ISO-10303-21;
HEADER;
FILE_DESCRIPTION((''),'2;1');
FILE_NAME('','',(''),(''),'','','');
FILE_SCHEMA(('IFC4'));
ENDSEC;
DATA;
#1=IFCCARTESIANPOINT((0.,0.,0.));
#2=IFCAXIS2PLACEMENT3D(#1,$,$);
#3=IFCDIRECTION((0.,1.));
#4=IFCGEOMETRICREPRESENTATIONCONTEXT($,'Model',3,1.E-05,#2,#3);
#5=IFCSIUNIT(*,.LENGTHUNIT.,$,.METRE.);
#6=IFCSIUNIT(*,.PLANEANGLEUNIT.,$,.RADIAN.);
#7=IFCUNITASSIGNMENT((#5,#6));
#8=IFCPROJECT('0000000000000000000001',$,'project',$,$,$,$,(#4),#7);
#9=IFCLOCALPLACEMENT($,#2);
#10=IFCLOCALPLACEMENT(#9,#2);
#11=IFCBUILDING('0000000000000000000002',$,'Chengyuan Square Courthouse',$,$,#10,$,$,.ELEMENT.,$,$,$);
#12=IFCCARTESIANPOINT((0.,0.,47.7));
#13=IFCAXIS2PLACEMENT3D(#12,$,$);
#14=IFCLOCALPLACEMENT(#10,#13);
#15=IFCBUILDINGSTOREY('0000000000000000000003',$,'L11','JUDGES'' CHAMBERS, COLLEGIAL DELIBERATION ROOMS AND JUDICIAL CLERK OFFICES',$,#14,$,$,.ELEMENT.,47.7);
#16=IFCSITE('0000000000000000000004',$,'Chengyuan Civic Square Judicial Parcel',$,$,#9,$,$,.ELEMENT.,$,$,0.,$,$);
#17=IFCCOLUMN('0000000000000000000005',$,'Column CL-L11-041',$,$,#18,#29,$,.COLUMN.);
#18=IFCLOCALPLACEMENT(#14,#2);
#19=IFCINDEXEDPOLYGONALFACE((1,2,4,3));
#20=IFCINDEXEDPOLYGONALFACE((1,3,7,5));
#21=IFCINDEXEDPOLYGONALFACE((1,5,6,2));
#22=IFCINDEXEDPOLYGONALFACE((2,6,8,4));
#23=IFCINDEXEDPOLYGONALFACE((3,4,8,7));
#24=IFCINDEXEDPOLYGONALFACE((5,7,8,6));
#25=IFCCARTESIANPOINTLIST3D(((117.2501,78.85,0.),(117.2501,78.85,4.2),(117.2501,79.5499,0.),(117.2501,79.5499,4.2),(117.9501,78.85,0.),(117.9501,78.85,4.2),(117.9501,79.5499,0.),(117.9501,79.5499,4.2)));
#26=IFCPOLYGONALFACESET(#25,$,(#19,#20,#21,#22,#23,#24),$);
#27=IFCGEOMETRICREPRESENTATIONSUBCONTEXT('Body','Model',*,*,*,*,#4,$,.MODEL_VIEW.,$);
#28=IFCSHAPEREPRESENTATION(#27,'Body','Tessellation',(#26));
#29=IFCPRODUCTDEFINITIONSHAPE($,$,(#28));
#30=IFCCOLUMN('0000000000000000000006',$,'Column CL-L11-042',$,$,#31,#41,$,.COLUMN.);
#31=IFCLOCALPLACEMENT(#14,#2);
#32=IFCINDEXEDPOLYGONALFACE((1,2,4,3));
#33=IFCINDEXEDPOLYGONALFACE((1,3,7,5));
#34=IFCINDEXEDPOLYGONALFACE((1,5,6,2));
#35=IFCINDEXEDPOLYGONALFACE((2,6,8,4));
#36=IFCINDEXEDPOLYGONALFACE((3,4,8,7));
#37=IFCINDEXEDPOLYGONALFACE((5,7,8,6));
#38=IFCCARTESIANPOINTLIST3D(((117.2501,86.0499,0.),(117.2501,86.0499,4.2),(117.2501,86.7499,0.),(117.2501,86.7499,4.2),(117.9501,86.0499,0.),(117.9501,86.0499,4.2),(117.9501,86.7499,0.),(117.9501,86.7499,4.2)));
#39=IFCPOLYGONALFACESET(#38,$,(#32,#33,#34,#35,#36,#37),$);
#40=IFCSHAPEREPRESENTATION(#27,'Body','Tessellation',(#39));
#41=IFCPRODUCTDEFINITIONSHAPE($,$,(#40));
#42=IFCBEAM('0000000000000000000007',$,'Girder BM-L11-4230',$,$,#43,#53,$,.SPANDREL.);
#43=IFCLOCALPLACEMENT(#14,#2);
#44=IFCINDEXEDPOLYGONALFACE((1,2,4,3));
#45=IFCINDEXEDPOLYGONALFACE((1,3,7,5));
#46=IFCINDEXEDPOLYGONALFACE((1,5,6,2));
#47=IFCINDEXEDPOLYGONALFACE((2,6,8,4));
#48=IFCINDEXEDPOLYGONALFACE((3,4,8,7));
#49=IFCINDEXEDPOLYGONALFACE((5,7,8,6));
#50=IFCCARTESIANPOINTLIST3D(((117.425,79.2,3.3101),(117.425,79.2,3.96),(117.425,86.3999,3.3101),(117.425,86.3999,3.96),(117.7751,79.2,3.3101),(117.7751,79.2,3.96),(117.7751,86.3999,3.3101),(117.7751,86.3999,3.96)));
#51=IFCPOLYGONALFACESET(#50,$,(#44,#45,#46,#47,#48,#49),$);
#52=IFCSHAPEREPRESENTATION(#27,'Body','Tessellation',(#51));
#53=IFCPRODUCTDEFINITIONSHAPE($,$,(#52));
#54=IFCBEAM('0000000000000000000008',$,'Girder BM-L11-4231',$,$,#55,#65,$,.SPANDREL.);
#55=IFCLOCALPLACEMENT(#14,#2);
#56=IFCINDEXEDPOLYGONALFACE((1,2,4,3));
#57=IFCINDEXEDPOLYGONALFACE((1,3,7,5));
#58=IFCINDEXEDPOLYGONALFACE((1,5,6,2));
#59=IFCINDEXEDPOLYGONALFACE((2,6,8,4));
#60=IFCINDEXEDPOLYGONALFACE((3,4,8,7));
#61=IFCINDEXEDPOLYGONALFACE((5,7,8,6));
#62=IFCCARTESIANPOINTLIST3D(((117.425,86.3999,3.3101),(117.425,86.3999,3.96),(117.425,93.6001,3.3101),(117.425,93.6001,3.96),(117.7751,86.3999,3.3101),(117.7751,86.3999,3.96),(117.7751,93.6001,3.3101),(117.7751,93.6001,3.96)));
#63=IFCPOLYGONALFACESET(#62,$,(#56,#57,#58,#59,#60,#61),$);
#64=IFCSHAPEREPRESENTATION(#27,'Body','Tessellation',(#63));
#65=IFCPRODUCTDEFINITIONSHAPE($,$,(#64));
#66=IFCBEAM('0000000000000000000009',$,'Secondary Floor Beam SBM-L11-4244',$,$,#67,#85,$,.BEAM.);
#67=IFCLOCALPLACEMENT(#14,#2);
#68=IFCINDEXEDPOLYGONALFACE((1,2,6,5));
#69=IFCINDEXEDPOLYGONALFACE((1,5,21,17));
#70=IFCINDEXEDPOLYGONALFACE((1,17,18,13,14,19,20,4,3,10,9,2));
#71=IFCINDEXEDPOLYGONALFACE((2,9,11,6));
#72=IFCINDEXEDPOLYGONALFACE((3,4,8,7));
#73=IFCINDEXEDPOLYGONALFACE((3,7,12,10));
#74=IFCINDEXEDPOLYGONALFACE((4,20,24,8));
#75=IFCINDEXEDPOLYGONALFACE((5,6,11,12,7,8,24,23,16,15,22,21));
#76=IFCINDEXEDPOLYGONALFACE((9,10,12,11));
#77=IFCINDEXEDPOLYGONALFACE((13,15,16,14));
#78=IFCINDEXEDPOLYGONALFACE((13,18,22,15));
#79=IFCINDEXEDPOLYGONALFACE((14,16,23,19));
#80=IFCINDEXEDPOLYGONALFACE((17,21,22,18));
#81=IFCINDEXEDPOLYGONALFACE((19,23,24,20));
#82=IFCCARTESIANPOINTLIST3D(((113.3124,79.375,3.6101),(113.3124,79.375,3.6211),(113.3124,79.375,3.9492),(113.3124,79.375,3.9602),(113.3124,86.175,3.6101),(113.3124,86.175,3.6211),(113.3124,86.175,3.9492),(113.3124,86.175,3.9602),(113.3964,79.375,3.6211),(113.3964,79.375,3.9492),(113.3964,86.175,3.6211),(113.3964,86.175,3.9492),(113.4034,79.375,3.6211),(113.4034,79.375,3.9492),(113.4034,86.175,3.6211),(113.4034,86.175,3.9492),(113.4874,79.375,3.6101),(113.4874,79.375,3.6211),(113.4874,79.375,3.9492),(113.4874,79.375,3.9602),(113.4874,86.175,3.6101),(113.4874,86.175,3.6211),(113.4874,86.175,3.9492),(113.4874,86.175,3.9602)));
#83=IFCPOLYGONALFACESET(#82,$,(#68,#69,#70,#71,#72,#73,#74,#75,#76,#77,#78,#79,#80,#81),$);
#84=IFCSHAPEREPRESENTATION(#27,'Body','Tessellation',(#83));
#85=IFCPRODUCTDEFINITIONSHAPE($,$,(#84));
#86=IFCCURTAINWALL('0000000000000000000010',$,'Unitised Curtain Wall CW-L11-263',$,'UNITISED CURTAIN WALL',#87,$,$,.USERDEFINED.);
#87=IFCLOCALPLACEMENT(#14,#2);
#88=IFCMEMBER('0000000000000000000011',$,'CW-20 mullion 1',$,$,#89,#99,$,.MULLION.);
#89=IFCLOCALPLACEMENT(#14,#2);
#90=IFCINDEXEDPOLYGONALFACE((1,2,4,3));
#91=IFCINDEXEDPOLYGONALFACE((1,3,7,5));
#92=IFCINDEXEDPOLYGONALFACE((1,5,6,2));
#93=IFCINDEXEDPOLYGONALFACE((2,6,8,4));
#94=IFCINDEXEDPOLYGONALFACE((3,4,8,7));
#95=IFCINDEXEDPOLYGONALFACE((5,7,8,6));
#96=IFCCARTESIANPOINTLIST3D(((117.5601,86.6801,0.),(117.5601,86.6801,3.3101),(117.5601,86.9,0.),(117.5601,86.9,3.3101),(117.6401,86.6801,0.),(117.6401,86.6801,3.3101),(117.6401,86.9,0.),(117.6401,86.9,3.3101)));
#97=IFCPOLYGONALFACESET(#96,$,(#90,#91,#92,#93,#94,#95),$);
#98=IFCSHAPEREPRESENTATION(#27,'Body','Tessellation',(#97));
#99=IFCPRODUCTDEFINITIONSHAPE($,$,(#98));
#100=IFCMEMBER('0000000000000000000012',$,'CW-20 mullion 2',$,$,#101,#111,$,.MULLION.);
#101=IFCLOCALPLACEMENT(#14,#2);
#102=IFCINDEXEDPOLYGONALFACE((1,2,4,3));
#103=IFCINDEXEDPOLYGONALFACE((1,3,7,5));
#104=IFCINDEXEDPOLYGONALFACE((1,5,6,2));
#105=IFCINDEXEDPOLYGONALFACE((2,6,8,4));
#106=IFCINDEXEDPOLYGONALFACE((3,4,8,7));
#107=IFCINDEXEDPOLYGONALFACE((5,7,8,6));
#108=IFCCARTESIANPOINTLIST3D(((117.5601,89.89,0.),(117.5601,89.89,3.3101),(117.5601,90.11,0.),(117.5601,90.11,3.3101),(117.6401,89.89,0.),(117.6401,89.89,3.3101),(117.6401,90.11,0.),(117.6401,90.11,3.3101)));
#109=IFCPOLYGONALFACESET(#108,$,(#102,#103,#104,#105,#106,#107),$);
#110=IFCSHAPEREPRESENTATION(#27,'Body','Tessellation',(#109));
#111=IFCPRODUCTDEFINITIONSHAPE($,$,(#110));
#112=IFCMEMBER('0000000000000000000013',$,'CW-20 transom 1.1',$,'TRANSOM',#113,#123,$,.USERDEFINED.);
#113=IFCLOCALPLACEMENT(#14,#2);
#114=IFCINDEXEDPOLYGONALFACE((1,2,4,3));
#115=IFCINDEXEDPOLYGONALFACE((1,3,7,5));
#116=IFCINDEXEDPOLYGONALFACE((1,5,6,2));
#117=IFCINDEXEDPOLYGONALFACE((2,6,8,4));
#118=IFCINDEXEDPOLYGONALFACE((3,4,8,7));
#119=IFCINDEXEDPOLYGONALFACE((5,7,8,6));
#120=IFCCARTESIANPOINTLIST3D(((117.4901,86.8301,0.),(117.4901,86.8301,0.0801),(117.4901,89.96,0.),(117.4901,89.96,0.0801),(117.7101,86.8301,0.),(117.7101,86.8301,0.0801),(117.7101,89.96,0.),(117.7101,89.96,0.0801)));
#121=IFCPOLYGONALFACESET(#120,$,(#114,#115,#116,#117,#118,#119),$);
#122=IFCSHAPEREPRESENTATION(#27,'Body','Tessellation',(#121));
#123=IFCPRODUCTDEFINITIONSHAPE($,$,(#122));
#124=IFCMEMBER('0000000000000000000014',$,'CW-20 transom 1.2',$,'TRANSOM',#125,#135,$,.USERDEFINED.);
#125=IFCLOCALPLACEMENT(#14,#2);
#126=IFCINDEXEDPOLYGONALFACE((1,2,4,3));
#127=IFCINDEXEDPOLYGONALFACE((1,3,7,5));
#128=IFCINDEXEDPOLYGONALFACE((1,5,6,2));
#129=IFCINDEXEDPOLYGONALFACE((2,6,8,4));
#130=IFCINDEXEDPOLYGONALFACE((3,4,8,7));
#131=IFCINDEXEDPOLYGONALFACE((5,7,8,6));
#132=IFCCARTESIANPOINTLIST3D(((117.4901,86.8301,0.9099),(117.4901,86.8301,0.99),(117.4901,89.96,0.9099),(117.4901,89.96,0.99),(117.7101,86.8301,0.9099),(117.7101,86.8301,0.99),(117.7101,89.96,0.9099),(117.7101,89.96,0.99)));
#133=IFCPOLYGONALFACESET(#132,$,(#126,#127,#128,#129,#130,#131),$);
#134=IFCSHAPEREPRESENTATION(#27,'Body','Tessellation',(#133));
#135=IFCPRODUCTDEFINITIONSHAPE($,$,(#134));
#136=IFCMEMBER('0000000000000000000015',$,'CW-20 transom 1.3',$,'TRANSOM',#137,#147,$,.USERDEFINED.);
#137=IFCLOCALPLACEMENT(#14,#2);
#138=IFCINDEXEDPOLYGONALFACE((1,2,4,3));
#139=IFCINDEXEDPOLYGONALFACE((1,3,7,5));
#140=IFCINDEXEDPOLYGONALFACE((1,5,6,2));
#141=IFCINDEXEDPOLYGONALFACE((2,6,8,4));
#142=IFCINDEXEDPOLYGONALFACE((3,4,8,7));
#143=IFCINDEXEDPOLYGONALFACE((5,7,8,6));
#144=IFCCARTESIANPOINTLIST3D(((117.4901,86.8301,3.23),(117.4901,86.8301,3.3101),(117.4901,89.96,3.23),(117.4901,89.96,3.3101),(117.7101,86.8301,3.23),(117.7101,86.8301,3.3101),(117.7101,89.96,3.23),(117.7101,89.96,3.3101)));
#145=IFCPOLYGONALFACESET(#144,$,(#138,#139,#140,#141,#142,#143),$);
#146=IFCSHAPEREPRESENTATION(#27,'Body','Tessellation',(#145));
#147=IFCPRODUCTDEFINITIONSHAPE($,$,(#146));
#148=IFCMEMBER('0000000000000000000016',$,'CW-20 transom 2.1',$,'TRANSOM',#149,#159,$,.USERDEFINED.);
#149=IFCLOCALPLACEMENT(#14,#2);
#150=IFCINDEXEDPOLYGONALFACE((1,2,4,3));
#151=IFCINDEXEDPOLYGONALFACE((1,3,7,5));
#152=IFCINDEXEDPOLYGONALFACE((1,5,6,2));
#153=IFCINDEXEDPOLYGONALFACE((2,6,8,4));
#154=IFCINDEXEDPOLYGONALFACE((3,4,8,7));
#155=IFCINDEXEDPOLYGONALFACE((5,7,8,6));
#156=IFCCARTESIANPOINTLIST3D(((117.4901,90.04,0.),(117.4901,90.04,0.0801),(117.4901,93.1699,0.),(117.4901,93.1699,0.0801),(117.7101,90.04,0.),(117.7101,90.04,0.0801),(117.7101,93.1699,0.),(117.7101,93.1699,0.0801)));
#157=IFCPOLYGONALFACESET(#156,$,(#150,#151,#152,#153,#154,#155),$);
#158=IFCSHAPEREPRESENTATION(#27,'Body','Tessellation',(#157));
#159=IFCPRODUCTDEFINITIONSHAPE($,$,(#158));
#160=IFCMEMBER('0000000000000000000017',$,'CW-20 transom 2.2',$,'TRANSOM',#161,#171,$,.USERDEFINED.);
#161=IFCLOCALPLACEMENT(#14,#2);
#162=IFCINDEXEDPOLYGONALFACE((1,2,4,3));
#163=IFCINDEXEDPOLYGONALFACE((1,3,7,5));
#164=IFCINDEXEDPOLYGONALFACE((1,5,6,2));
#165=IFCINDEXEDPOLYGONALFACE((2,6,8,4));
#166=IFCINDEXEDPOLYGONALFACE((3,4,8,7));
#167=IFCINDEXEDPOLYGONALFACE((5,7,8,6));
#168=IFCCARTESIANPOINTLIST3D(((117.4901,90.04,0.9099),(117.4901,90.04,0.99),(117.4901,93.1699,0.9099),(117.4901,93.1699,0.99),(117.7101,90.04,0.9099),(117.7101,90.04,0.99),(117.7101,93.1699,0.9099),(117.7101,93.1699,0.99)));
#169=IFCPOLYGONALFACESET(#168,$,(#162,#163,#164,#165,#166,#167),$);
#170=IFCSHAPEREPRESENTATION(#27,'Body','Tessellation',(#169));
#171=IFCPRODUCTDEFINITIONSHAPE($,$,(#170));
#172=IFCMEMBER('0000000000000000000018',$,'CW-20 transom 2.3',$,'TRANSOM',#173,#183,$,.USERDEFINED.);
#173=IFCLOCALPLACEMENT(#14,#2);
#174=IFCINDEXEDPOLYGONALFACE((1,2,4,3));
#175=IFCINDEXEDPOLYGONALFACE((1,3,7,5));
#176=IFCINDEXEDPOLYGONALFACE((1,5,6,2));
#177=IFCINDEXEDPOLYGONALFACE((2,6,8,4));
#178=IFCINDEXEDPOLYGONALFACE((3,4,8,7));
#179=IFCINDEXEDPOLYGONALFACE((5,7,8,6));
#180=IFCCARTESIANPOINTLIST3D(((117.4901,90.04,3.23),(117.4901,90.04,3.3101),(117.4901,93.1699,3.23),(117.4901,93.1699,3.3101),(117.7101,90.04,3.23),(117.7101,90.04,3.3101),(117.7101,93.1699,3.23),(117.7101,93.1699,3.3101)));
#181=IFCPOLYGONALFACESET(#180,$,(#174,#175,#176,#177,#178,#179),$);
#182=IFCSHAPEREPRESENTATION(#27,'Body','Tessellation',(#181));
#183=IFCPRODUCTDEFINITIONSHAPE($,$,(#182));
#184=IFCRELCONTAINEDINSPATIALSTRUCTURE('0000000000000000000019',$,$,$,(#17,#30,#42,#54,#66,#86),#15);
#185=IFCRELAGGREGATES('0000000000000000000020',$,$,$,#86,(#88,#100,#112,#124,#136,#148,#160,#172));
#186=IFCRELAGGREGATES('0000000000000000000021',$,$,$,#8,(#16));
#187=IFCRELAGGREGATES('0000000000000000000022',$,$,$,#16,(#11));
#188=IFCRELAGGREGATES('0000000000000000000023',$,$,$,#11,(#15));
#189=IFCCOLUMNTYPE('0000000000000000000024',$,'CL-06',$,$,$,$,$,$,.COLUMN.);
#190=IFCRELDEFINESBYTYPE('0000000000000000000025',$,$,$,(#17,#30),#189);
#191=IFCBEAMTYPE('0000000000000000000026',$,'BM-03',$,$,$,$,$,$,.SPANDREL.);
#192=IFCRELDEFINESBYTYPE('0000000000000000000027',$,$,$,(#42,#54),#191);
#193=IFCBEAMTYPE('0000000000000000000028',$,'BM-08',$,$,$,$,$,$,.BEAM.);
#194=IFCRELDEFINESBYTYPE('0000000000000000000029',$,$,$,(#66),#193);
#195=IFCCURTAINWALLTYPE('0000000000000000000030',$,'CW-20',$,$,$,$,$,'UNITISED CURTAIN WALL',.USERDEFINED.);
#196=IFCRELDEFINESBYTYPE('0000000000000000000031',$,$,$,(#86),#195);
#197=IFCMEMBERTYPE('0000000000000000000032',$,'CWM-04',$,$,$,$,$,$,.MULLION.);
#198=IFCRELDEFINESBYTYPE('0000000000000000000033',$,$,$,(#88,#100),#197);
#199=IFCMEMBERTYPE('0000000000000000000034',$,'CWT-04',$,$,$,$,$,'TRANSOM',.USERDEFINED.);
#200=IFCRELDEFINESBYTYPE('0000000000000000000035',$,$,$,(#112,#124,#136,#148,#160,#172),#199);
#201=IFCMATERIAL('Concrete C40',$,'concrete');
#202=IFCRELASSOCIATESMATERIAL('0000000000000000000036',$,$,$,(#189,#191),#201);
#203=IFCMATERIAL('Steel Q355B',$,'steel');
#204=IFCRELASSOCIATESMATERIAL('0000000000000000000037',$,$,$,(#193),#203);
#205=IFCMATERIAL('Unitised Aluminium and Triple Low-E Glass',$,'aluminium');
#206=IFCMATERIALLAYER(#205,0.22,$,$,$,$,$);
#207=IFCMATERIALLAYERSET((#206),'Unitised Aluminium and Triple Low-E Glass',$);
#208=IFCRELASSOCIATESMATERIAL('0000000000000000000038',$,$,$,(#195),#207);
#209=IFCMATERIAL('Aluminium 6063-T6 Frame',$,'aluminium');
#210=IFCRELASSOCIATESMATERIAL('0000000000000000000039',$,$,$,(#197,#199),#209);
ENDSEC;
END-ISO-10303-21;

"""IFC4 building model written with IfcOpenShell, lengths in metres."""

from ifc_helpers import new_model, si_unit, direction, frame, origin, origin_2d, place, context, subcontext, project, spatial, rectangle, i_section, extrude, material, layer, layer_set, material_profile, profile_set, type_object, element, aggregate, save


model = new_model("IFC4")

# Units and contexts
model_context = context("Model", 3, precision=1e-05, world=origin(), true_north=direction((0.0, 1.0)))
body_context = subcontext(model_context, "Body", "Model", "MODEL_VIEW")
ifc_project = project(units=[si_unit("LENGTHUNIT", "METRE"), si_unit("PLANEANGLEUNIT", "RADIAN")], contexts=[model_context])

# Site, building, storey
site_placement = place(None, origin())
site = spatial("IfcSite", under=ifc_project, at=site_placement, Name="Chengyuan Civic Square Judicial Parcel", CompositionType="ELEMENT", RefElevation=0.0)
building_placement = place(site_placement, origin())
building = spatial("IfcBuilding", under=site, at=building_placement, Name="Chengyuan Square Courthouse", CompositionType="ELEMENT")
storey_placement = place(building_placement, frame((0.0, 0.0, 47.7)))
storey = spatial("IfcBuildingStorey", under=building, at=storey_placement, Name="L11", Description="JUDGES' CHAMBERS, COLLEGIAL DELIBERATION ROOMS AND JUDICIAL CLERK OFFICES", CompositionType="ELEMENT", Elevation=47.7)

# Columns
ifc_material_1 = material(Name="Concrete C40", Category="concrete")
ifc_material_profile_1 = material_profile(ifc_material_1, rectangle(XDim=0.7, YDim=0.7, at=origin_2d()), Name="RC-COL-700x700")
ifc_profile_set_1 = profile_set([ifc_material_profile_1], Name="Concrete C40")
column_type = type_object("IfcColumnType", Name="CL-06", PredefinedType="COLUMN", material=ifc_profile_set_1)
for number, where, z_axis, x_axis, name in (
    (1, (117.6001, 79.2, 0.0), (0.0, 0.0, 1.0), (1.0, 0.0, 0.0), "Column CL-L11-041"),
    (2, (117.6001, 86.3999, 0.0), (0.0, 0.0, 1.0), (1.0, 0.0, 0.0), "Column CL-L11-042"),
):
    element("IfcColumn", number, at=place(storey_placement, frame(where, z_axis=z_axis, x_axis=x_axis)), inside=storey, type_object=column_type, Name=name, PredefinedType="COLUMN", context=body_context, shape_type="SweptSolid", body=[
        extrude(rectangle(XDim=0.7, YDim=0.7, at=origin_2d()), origin(), (0.0, 0.0, 1.0), 4.2),
    ])

# Beams
ifc_material_profile_2 = material_profile(ifc_material_1, rectangle(XDim=0.3501, YDim=0.6499, at=origin_2d()), Name="RC-BM-350x650")
ifc_profile_set_2 = profile_set([ifc_material_profile_2], Name="Concrete C40")
beam_type_1 = type_object("IfcBeamType", Name="BM-03", PredefinedType="SPANDREL", material=ifc_profile_set_2)
beam_1_placement = place(storey_placement, frame((117.6001, 79.2, 3.635), z_axis=(0.0, 1.0, 0.0), x_axis=(-1.0, 0.0, 0.0)))
element("IfcBeam", 3, at=beam_1_placement, inside=storey, type_object=beam_type_1, Name="Girder BM-L11-4230", PredefinedType="SPANDREL", context=body_context, shape_type="SweptSolid", body=[
    extrude(rectangle(XDim=0.3501, YDim=0.6499, at=origin_2d()), origin(), (0.0, 0.0, 1.0), 7.2),
])
beam_2_placement = place(storey_placement, frame((117.6001, 86.3999, 3.635), z_axis=(0.0, 1.0, 0.0), x_axis=(-1.0, 0.0, 0.0)))
element("IfcBeam", 4, at=beam_2_placement, inside=storey, type_object=beam_type_1, Name="Girder BM-L11-4231", PredefinedType="SPANDREL", context=body_context, shape_type="SweptSolid", body=[
    extrude(rectangle(XDim=0.3501, YDim=0.6499, at=origin_2d()), origin(), (0.0, 0.0, 1.0), 7.2002),
])
ifc_material_2 = material(Name="Steel Q355B", Category="steel")
ifc_material_profile_3 = material_profile(ifc_material_2, i_section(OverallWidth=0.175, OverallDepth=0.3501, WebThickness=0.0071, FlangeThickness=0.011, at=origin_2d()), Name="HN 350x175x7x11")
ifc_profile_set_3 = profile_set([ifc_material_profile_3], Name="Steel Q355B")
beam_type_2 = type_object("IfcBeamType", Name="BM-08", PredefinedType="BEAM", material=ifc_profile_set_3)
beam_3_placement = place(storey_placement, frame((113.3999, 79.375, 3.7852), z_axis=(0.0, 1.0, 0.0), x_axis=(-1.0, 0.0, 0.0)))
element("IfcBeam", 5, at=beam_3_placement, inside=storey, type_object=beam_type_2, Name="Secondary Floor Beam SBM-L11-4244", PredefinedType="BEAM", context=body_context, shape_type="SweptSolid", body=[
    extrude(i_section(OverallWidth=0.175, OverallDepth=0.3501, WebThickness=0.0071, FlangeThickness=0.011, at=origin_2d()), origin(), (0.0, 0.0, 1.0), 6.8),
])

# Curtain wall, members
ifc_material_3 = material(Name="Unitised Aluminium and Triple Low-E Glass", Category="aluminium")
ifc_layer_1 = layer(ifc_material_3, 0.22)
ifc_layer_set_1 = layer_set([ifc_layer_1], Name="Unitised Aluminium and Triple Low-E Glass")
curtain_wall_type = type_object("IfcCurtainWallType", Name="CW-20", ElementType="UNITISED CURTAIN WALL", PredefinedType="USERDEFINED", material=ifc_layer_set_1)
curtain_wall_placement = place(storey_placement, origin())
curtain_wall = element("IfcCurtainWall", 6, at=curtain_wall_placement, inside=storey, type_object=curtain_wall_type, Name="Unitised Curtain Wall CW-L11-263", ObjectType="UNITISED CURTAIN WALL", PredefinedType="USERDEFINED")
ifc_material_4 = material(Name="Aluminium 6063-T6 Frame", Category="aluminium")
ifc_material_profile_4 = material_profile(ifc_material_4, rectangle(XDim=0.0801, YDim=0.22, at=origin_2d()), Name="CW-MUL-80x220")
ifc_profile_set_4 = profile_set([ifc_material_profile_4], Name="Aluminium 6063-T6 Frame")
member_type_1 = type_object("IfcMemberType", Name="CWM-04", PredefinedType="MULLION", material=ifc_profile_set_4)
member_1_placement = place(storey_placement, frame((117.6001, 86.79, 0.0), z_axis=(0.0, 0.0, 1.0), x_axis=(-1.0, 0.0, 0.0)))
member_1 = element("IfcMember", 7, at=member_1_placement, type_object=member_type_1, Name="CW-20 mullion 1", PredefinedType="MULLION", context=body_context, shape_type="SweptSolid", body=[
    extrude(rectangle(XDim=0.0801, YDim=0.22, at=origin_2d()), origin(), (0.0, 0.0, 1.0), 3.3101),
])
member_2_placement = place(storey_placement, frame((117.6001, 90.0, 0.0), z_axis=(0.0, 0.0, 1.0), x_axis=(-1.0, 0.0, 0.0)))
member_2 = element("IfcMember", 8, at=member_2_placement, type_object=member_type_1, Name="CW-20 mullion 2", PredefinedType="MULLION", context=body_context, shape_type="SweptSolid", body=[
    extrude(rectangle(XDim=0.0801, YDim=0.22, at=origin_2d()), origin(), (0.0, 0.0, 1.0), 3.3101),
])
ifc_material_profile_5 = material_profile(ifc_material_4, rectangle(XDim=0.22, YDim=0.0801, at=origin_2d()), Name="CW-TRN-80x180")
ifc_profile_set_5 = profile_set([ifc_material_profile_5], Name="Aluminium 6063-T6 Frame")
member_type_2 = type_object("IfcMemberType", Name="CWT-04", ElementType="TRANSOM", PredefinedType="USERDEFINED", material=ifc_profile_set_5)
member_3_placement = place(storey_placement, frame((117.6001, 86.8301, 0.04), z_axis=(0.0, 1.0, 0.0), x_axis=(-1.0, 0.0, 0.0)))
member_3 = element("IfcMember", 9, at=member_3_placement, type_object=member_type_2, Name="CW-20 transom 1.1", ObjectType="TRANSOM", PredefinedType="USERDEFINED", context=body_context, shape_type="SweptSolid", body=[
    extrude(rectangle(XDim=0.22, YDim=0.0801, at=origin_2d()), origin(), (0.0, 0.0, 1.0), 3.1299),
])
member_4_placement = place(storey_placement, frame((117.6001, 86.8301, 0.95), z_axis=(0.0, 1.0, 0.0), x_axis=(-1.0, 0.0, 0.0)))
member_4 = element("IfcMember", 10, at=member_4_placement, type_object=member_type_2, Name="CW-20 transom 1.2", ObjectType="TRANSOM", PredefinedType="USERDEFINED", context=body_context, shape_type="SweptSolid", body=[
    extrude(rectangle(XDim=0.22, YDim=0.0801, at=origin_2d()), origin(), (0.0, 0.0, 1.0), 3.1299),
])
member_5_placement = place(storey_placement, frame((117.6001, 86.8301, 3.27), z_axis=(0.0, 1.0, 0.0), x_axis=(-1.0, 0.0, 0.0)))
member_5 = element("IfcMember", 11, at=member_5_placement, type_object=member_type_2, Name="CW-20 transom 1.3", ObjectType="TRANSOM", PredefinedType="USERDEFINED", context=body_context, shape_type="SweptSolid", body=[
    extrude(rectangle(XDim=0.22, YDim=0.0801, at=origin_2d()), origin(), (0.0, 0.0, 1.0), 3.1299),
])
member_6_placement = place(storey_placement, frame((117.6001, 90.04, 0.04), z_axis=(0.0, 1.0, 0.0), x_axis=(-1.0, 0.0, 0.0)))
member_6 = element("IfcMember", 12, at=member_6_placement, type_object=member_type_2, Name="CW-20 transom 2.1", ObjectType="TRANSOM", PredefinedType="USERDEFINED", context=body_context, shape_type="SweptSolid", body=[
    extrude(rectangle(XDim=0.22, YDim=0.0801, at=origin_2d()), origin(), (0.0, 0.0, 1.0), 3.1299),
])
member_7_placement = place(storey_placement, frame((117.6001, 90.04, 0.95), z_axis=(0.0, 1.0, 0.0), x_axis=(-1.0, 0.0, 0.0)))
member_7 = element("IfcMember", 13, at=member_7_placement, type_object=member_type_2, Name="CW-20 transom 2.2", ObjectType="TRANSOM", PredefinedType="USERDEFINED", context=body_context, shape_type="SweptSolid", body=[
    extrude(rectangle(XDim=0.22, YDim=0.0801, at=origin_2d()), origin(), (0.0, 0.0, 1.0), 3.1299),
])
member_8_placement = place(storey_placement, frame((117.6001, 90.04, 3.27), z_axis=(0.0, 1.0, 0.0), x_axis=(-1.0, 0.0, 0.0)))
member_8 = element("IfcMember", 14, at=member_8_placement, type_object=member_type_2, Name="CW-20 transom 2.3", ObjectType="TRANSOM", PredefinedType="USERDEFINED", context=body_context, shape_type="SweptSolid", body=[
    extrude(rectangle(XDim=0.22, YDim=0.0801, at=origin_2d()), origin(), (0.0, 0.0, 1.0), 3.1299),
])
aggregate(curtain_wall, [member_1, member_2, member_3, member_4, member_5, member_6, member_7, member_8])

save(model, "model.ifc")
